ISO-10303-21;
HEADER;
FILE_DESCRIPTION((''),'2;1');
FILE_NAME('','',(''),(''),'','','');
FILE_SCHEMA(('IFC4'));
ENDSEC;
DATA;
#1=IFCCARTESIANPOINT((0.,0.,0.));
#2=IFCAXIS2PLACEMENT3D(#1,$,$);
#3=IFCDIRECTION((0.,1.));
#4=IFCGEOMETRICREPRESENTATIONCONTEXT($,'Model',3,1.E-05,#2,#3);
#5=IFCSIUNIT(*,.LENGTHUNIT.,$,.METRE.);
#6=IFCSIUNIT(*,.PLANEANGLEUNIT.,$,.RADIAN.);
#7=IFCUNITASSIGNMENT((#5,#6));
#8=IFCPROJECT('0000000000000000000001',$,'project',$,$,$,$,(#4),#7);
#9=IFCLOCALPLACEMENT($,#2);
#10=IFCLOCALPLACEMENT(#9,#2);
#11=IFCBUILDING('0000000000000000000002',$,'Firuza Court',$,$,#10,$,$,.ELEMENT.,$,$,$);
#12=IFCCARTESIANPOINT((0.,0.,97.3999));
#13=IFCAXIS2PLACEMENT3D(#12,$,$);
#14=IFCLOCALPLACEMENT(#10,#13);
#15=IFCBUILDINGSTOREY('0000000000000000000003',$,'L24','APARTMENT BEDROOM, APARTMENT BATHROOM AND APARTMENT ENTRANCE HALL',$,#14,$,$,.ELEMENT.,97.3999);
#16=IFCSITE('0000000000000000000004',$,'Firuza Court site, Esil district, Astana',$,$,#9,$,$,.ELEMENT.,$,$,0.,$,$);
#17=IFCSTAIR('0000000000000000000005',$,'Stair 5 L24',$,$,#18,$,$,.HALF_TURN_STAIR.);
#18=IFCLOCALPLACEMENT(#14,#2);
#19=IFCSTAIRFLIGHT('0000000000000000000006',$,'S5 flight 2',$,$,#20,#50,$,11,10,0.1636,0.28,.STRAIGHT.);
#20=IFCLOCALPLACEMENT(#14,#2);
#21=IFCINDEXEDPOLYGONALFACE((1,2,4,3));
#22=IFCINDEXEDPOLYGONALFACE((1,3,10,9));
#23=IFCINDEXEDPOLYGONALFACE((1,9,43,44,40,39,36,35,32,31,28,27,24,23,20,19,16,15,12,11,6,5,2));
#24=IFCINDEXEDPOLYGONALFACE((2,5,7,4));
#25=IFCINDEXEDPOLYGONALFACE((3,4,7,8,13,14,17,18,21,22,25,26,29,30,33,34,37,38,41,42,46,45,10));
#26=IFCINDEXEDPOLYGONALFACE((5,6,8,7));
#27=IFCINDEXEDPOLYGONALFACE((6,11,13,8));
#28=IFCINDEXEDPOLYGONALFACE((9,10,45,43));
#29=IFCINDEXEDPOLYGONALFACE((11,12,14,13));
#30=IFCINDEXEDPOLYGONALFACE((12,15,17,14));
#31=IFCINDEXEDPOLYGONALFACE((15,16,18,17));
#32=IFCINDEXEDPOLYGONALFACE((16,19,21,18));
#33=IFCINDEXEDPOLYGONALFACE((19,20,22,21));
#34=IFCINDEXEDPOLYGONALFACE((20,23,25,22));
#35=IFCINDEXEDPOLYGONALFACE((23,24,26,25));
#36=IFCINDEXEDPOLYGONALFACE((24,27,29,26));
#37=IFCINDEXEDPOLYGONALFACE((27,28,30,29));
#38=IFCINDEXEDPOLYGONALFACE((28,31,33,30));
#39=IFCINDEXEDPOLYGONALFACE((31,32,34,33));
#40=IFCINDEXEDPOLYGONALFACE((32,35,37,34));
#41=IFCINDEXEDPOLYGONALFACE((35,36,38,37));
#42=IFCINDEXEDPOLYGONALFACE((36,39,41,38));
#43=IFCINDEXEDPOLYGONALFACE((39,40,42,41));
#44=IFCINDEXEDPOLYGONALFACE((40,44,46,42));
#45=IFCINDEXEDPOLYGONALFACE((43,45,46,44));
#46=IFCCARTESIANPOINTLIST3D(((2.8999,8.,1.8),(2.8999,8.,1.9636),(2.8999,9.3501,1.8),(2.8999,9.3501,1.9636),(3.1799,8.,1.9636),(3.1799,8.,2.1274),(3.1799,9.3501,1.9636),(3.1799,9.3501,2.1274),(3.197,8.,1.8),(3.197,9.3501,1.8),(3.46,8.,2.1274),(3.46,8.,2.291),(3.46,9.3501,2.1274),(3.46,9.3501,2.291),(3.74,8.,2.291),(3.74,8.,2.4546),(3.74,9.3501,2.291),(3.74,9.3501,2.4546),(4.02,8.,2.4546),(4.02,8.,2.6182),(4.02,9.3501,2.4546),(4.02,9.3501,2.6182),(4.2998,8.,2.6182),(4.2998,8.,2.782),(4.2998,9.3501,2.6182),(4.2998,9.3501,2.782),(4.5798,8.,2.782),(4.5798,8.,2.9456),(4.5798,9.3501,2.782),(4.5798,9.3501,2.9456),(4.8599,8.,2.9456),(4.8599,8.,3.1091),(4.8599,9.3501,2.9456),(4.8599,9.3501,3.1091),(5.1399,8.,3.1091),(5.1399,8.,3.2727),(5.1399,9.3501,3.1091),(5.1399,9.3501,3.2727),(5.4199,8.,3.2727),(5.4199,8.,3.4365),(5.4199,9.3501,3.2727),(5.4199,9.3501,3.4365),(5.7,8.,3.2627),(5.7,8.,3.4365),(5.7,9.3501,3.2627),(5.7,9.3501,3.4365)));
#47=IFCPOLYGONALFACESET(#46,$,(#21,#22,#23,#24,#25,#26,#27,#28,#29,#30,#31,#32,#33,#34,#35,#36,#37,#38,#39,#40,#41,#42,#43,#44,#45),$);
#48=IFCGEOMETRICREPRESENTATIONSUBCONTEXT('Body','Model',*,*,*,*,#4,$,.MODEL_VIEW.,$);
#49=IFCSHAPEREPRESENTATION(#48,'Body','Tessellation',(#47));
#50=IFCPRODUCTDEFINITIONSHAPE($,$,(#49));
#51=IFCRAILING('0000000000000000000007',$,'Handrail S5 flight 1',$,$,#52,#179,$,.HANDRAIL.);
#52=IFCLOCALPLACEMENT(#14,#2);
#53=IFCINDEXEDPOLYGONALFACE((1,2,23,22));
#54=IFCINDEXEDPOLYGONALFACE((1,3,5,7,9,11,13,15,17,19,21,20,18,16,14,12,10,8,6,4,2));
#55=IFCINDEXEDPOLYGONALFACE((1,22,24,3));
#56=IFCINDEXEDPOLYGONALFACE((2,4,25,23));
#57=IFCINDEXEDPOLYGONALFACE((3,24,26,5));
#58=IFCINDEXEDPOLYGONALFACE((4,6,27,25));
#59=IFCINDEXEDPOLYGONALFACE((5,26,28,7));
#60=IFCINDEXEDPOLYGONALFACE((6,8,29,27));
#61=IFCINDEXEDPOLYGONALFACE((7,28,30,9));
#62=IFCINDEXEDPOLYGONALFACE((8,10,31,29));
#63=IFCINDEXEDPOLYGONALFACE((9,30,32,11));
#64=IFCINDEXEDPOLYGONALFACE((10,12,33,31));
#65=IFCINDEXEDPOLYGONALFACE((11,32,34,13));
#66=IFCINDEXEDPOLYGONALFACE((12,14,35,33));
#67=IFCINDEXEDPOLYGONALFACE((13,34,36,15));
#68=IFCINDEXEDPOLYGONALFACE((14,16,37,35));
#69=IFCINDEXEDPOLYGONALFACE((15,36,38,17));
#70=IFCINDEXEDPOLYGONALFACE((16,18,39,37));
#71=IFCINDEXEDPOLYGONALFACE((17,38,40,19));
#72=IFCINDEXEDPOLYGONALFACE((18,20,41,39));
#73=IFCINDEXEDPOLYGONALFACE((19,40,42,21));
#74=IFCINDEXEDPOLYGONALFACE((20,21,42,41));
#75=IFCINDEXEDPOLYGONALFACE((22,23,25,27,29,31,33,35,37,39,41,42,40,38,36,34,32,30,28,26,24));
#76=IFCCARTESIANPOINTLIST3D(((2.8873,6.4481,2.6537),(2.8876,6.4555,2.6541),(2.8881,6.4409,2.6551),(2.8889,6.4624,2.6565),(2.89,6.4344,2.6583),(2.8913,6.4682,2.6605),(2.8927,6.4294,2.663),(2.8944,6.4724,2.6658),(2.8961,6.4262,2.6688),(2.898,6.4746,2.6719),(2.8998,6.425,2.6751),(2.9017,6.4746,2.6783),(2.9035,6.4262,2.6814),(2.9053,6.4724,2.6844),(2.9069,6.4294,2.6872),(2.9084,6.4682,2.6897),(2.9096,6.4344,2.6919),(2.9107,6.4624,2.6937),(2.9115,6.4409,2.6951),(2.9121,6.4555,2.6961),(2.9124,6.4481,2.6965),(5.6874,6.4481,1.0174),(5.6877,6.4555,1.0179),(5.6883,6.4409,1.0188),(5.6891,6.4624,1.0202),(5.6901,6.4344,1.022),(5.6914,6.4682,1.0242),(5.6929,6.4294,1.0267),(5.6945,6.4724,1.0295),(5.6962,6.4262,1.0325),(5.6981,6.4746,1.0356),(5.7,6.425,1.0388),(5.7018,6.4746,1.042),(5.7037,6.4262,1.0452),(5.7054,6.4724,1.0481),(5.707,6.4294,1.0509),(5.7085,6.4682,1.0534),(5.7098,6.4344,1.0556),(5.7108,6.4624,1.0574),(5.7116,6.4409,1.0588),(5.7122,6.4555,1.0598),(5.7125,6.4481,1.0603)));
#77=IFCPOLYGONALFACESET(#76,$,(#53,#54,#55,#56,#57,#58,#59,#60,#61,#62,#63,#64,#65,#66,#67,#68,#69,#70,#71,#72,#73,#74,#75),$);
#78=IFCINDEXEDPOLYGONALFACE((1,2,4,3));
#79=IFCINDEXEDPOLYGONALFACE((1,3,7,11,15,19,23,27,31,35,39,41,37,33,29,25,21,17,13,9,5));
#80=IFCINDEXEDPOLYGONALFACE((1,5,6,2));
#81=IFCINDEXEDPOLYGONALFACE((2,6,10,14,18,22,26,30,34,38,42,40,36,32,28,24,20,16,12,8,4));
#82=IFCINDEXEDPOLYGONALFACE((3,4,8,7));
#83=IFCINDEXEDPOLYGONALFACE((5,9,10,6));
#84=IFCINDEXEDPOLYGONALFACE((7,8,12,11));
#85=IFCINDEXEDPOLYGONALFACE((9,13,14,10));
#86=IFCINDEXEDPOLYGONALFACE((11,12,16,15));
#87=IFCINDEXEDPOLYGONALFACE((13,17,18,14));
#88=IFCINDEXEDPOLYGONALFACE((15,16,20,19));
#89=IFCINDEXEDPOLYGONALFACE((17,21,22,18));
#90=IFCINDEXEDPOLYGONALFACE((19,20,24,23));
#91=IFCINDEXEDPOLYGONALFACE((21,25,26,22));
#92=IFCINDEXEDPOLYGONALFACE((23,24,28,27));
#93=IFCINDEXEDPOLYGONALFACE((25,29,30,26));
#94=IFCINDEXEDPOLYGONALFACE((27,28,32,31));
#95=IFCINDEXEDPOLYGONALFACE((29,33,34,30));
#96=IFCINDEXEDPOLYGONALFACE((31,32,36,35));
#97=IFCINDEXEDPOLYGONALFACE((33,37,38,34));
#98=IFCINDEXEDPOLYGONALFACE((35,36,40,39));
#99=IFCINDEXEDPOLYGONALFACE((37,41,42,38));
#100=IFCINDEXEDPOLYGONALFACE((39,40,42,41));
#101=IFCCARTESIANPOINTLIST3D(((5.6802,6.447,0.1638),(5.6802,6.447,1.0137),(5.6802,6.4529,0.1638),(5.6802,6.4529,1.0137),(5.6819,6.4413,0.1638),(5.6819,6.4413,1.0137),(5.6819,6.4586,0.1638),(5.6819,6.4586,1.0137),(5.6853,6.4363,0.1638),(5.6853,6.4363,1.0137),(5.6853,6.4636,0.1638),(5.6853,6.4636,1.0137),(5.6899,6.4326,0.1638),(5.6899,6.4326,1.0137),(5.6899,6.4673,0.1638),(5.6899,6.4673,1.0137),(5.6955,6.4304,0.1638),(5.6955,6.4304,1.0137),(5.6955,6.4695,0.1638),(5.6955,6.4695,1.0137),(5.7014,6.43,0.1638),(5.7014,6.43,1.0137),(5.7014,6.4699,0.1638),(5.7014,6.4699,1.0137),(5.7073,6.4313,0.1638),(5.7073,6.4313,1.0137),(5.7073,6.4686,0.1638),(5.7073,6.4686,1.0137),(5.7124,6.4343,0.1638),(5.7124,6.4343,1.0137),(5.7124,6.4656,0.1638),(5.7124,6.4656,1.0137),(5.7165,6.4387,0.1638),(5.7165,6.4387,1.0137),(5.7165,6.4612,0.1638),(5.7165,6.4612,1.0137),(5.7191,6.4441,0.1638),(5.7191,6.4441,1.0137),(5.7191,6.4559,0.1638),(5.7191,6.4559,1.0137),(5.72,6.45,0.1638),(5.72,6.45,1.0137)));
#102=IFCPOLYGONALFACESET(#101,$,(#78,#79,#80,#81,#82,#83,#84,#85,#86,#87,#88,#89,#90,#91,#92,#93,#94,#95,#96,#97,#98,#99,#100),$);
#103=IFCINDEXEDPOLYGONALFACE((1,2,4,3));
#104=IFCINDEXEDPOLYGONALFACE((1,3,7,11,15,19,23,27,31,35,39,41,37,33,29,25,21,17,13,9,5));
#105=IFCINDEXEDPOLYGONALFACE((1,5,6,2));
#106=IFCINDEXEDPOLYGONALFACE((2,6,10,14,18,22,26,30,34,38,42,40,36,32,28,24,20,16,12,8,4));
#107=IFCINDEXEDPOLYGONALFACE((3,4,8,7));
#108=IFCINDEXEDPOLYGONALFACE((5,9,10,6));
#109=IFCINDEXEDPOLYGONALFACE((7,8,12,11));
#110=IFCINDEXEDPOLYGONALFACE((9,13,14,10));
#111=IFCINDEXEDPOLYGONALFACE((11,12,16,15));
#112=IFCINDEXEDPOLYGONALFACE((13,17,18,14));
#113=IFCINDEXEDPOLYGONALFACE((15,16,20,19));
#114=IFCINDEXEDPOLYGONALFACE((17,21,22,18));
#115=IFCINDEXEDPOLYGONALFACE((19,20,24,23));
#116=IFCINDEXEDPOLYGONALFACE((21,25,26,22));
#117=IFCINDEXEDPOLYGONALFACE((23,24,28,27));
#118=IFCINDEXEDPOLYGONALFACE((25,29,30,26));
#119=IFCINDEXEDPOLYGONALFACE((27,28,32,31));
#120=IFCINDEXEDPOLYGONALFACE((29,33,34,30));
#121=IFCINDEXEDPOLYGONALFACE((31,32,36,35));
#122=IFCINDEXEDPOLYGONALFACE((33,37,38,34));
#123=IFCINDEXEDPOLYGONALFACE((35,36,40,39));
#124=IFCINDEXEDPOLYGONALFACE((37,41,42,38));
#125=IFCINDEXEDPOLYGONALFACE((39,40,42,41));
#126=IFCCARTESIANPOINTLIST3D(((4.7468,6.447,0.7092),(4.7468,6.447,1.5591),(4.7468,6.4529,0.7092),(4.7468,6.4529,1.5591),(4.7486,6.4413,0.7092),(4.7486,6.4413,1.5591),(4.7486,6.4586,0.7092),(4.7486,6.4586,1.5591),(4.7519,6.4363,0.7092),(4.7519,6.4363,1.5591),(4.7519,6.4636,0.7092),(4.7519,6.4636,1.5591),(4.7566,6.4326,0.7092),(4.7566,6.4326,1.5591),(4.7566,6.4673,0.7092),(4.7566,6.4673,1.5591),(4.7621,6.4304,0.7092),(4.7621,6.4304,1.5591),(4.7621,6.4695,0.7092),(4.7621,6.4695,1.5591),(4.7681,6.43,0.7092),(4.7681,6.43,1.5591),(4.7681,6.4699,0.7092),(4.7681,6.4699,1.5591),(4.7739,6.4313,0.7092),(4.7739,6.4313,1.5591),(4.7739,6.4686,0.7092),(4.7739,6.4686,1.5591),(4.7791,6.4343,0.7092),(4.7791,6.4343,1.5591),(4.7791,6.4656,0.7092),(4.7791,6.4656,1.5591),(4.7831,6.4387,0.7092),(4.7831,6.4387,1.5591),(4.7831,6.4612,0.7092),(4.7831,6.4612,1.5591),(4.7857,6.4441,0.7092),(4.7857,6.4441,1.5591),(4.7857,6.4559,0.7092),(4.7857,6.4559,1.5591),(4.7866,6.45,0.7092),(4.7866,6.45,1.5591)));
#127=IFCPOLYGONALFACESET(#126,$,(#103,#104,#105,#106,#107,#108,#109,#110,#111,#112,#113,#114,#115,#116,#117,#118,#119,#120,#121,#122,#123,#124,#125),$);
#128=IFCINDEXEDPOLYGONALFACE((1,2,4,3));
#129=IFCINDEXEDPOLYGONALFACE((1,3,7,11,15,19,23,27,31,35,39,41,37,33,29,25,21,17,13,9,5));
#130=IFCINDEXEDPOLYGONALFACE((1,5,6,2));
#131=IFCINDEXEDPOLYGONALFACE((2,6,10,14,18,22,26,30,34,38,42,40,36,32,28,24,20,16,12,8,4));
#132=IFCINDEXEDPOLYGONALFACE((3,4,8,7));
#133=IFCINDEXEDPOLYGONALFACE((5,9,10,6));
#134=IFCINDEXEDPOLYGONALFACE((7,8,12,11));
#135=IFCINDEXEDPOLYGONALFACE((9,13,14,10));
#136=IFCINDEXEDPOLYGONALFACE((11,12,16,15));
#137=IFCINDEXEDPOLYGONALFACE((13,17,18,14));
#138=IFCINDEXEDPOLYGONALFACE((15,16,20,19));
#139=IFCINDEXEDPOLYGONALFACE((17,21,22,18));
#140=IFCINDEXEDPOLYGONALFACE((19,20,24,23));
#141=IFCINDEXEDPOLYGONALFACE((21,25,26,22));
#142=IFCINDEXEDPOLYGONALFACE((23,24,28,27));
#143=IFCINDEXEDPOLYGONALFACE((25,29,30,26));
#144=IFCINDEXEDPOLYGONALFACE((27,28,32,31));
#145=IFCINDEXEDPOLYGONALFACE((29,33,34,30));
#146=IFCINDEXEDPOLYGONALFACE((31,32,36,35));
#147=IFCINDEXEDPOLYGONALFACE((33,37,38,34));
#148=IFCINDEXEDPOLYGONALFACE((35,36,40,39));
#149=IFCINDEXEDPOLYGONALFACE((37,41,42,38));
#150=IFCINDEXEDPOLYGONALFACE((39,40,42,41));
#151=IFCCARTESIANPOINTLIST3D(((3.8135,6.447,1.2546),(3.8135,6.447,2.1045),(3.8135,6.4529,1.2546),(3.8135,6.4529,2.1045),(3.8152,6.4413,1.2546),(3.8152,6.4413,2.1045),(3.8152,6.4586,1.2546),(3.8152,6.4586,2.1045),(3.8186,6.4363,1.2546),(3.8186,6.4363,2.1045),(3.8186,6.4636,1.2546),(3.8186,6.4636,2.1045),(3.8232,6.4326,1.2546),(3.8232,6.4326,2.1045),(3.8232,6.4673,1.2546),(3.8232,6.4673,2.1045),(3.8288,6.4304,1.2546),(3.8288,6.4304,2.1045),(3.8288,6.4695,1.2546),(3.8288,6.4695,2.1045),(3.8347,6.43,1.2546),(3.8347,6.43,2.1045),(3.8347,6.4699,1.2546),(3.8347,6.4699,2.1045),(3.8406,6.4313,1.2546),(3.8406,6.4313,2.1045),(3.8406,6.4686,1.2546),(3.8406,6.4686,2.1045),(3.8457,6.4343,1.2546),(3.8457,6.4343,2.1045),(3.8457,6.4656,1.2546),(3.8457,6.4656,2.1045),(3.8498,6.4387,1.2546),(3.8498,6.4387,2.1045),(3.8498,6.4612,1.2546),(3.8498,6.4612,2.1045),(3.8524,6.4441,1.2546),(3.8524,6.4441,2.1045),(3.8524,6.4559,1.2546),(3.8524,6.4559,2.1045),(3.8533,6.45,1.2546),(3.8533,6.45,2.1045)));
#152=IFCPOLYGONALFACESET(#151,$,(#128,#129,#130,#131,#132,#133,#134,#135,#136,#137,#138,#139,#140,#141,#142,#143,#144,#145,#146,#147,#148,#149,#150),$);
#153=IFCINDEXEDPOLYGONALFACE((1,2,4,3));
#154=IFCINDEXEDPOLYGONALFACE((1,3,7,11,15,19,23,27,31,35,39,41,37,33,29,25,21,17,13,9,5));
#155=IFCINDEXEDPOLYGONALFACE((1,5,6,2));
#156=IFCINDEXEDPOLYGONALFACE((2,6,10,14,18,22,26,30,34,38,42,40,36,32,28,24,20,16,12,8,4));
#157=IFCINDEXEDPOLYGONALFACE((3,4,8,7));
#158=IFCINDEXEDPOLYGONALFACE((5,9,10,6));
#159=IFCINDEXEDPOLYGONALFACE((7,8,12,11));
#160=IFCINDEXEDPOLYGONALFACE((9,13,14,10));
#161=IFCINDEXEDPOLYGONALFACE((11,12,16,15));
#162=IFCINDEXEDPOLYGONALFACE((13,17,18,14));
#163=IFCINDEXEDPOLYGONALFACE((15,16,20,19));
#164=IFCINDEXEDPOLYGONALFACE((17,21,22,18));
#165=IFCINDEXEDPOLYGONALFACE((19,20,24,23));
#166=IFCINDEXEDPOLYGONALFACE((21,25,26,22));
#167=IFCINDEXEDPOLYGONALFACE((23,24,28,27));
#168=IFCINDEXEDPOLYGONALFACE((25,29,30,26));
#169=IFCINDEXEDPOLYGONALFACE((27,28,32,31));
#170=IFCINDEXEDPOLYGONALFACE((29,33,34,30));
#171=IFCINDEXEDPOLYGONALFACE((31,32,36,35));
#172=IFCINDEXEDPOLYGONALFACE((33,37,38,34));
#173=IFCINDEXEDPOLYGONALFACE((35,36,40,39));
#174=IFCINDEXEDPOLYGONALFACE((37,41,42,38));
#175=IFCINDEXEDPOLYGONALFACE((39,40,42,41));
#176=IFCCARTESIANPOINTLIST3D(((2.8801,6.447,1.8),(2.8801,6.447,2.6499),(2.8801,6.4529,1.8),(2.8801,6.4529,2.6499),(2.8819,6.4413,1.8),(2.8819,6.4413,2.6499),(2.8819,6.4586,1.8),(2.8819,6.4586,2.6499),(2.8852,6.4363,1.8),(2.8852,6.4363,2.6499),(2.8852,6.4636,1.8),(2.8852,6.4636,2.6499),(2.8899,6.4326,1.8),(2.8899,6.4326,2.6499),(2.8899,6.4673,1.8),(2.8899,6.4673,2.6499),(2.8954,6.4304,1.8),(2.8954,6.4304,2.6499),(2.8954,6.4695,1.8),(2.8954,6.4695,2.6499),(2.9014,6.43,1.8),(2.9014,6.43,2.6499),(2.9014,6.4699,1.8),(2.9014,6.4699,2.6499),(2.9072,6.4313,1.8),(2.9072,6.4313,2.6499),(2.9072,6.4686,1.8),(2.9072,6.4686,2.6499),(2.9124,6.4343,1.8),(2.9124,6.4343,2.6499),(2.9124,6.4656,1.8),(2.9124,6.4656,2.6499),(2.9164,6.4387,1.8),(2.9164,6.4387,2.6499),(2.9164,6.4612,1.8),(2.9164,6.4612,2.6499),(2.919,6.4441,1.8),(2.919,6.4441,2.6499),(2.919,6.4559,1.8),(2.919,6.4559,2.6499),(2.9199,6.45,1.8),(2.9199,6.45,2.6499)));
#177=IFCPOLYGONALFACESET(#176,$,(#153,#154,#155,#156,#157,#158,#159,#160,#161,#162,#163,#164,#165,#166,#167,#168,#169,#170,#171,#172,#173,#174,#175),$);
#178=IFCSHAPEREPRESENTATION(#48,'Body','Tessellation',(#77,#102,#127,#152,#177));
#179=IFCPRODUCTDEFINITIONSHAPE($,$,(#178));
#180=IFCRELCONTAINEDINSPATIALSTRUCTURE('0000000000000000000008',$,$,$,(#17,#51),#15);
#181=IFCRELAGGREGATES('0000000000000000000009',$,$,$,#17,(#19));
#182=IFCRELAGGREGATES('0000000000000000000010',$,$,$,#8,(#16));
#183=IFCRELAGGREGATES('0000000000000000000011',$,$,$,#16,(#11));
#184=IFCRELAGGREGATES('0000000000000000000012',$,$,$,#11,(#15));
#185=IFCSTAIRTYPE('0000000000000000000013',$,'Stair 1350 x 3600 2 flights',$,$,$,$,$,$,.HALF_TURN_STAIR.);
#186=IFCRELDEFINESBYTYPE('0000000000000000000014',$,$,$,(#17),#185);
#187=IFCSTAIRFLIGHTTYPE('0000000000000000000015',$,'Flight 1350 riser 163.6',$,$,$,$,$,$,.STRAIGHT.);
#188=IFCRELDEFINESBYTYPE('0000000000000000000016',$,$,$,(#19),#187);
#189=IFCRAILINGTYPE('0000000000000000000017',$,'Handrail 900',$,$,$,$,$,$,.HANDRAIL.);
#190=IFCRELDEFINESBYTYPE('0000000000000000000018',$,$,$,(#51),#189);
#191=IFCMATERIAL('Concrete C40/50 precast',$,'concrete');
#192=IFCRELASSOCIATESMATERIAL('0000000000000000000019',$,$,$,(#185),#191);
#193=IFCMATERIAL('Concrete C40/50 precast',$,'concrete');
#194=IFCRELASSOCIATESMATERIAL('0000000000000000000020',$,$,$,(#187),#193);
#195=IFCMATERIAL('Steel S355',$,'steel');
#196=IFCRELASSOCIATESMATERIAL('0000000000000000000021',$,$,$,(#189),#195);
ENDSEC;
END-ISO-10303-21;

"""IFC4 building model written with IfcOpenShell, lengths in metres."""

from ifc_helpers import new_model, si_unit, direction, frame, origin, origin_2d, place, context, subcontext, project, spatial, polyline, circle, outline, extrude, material, type_object, element, aggregate, save


model = new_model("IFC4")

# Units and contexts
model_context = context("Model", 3, precision=1e-05, world=origin(), true_north=direction((0.0, 1.0)))
body_context = subcontext(model_context, "Body", "Model", "MODEL_VIEW")
ifc_project = project(units=[si_unit("LENGTHUNIT", "METRE"), si_unit("PLANEANGLEUNIT", "RADIAN")], contexts=[model_context])

# Site, building, storey
site_placement = place(None, origin())
site = spatial("IfcSite", under=ifc_project, at=site_placement, Name="Firuza Court site, Esil district, Astana", CompositionType="ELEMENT", RefElevation=0.0)
building_placement = place(site_placement, origin())
building = spatial("IfcBuilding", under=site, at=building_placement, Name="Firuza Court", CompositionType="ELEMENT")
storey_placement = place(building_placement, frame((0.0, 0.0, 97.3999)))
storey = spatial("IfcBuildingStorey", under=building, at=storey_placement, Name="L24", Description="APARTMENT BEDROOM, APARTMENT BATHROOM AND APARTMENT ENTRANCE HALL", CompositionType="ELEMENT", Elevation=97.3999)

# Stair, stair flight
ifc_material_1 = material(Name="Concrete C40/50 precast", Category="concrete")
stair_type = type_object("IfcStairType", Name="Stair 1350 x 3600 2 flights", PredefinedType="HALF_TURN_STAIR", material=ifc_material_1)
stair_placement = place(storey_placement, origin())
stair = element("IfcStair", 1, at=stair_placement, inside=storey, type_object=stair_type, Name="Stair 5 L24", PredefinedType="HALF_TURN_STAIR")
ifc_material_2 = material(Name="Concrete C40/50 precast", Category="concrete")
stair_flight_type = type_object("IfcStairFlightType", Name="Flight 1350 riser 163.6", PredefinedType="STRAIGHT", material=ifc_material_2)
stair_flight_1_placement = place(storey_placement, frame((2.8999, 8.675, 1.8), z_axis=(0.0, 0.0, 1.0), x_axis=(1.0, 0.0, 0.0)))
stair_flight_1 = element("IfcStairFlight", 2, at=stair_flight_1_placement, type_object=stair_flight_type, Name="S5 flight 2", NumberOfRisers=11, NumberOfTreads=10, PredefinedType="STRAIGHT", RiserHeight=0.1636, TreadLength=0.28, context=body_context, shape_type="SweptSolid", body=[
    extrude(outline(polyline([(0.0, 0.0), (0.0, 0.1636), (0.28, 0.1636), (0.28, 0.3274), (0.5601, 0.3274), (0.5601, 0.491), (0.8401, 0.491), (0.8401, 0.6545), (1.1201, 0.6545), (1.1201, 0.8181), (1.3999, 0.8181), (1.3999, 0.9819), (1.6799, 0.9819), (1.6799, 1.1455), (1.96, 1.1455), (1.96, 1.3091), (2.24, 1.3091), (2.24, 1.4727), (2.52, 1.4727), (2.52, 1.6365), (2.8, 1.6365), (2.8, 1.8), (2.8, 1.4626), (0.2971, 0.0), (0.0, 0.0)])), frame((0.0, 0.675, 0.0), z_axis=(0.0, -1.0, 0.0), x_axis=(1.0, 0.0, 0.0)), (0.0, 0.0, 1.0), 1.3501),
])
aggregate(stair, [stair_flight_1])

# Railing
ifc_material_3 = material(Name="Steel S355", Category="steel")
railing_type_1 = type_object("IfcRailingType", Name="Handrail 900", PredefinedType="HANDRAIL", material=ifc_material_3)
railing_1_placement = place(storey_placement, frame((5.7, 6.45, 0.1638)))
element("IfcRailing", 3, at=railing_1_placement, inside=storey, type_object=railing_type_1, Name="Handrail S5 flight 1", PredefinedType="HANDRAIL", context=body_context, shape_type="SweptSolid", body=[
    extrude(circle(Radius=0.0249, at=origin_2d()), frame((0.0, 0.0, 0.875), z_axis=(-0.863394, 0.0, 0.504531), x_axis=(0.0, -1.0, 0.0)), (0.0, 0.0, 1.0), 3.2432),
    extrude(circle(Radius=0.02, at=origin_2d()), origin(), (0.0, 0.0, 1.0), 0.8499),
    extrude(circle(Radius=0.02, at=origin_2d()), frame((-0.9333, 0.0, 0.5454)), (0.0, 0.0, 1.0), 0.8499),
    extrude(circle(Radius=0.02, at=origin_2d()), frame((-1.8667, 0.0, 1.0908)), (0.0, 0.0, 1.0), 0.8499),
    extrude(circle(Radius=0.02, at=origin_2d()), frame((-2.8, 0.0, 1.6362)), (0.0, 0.0, 1.0), 0.8499),
])

save(model, "model.ifc")
